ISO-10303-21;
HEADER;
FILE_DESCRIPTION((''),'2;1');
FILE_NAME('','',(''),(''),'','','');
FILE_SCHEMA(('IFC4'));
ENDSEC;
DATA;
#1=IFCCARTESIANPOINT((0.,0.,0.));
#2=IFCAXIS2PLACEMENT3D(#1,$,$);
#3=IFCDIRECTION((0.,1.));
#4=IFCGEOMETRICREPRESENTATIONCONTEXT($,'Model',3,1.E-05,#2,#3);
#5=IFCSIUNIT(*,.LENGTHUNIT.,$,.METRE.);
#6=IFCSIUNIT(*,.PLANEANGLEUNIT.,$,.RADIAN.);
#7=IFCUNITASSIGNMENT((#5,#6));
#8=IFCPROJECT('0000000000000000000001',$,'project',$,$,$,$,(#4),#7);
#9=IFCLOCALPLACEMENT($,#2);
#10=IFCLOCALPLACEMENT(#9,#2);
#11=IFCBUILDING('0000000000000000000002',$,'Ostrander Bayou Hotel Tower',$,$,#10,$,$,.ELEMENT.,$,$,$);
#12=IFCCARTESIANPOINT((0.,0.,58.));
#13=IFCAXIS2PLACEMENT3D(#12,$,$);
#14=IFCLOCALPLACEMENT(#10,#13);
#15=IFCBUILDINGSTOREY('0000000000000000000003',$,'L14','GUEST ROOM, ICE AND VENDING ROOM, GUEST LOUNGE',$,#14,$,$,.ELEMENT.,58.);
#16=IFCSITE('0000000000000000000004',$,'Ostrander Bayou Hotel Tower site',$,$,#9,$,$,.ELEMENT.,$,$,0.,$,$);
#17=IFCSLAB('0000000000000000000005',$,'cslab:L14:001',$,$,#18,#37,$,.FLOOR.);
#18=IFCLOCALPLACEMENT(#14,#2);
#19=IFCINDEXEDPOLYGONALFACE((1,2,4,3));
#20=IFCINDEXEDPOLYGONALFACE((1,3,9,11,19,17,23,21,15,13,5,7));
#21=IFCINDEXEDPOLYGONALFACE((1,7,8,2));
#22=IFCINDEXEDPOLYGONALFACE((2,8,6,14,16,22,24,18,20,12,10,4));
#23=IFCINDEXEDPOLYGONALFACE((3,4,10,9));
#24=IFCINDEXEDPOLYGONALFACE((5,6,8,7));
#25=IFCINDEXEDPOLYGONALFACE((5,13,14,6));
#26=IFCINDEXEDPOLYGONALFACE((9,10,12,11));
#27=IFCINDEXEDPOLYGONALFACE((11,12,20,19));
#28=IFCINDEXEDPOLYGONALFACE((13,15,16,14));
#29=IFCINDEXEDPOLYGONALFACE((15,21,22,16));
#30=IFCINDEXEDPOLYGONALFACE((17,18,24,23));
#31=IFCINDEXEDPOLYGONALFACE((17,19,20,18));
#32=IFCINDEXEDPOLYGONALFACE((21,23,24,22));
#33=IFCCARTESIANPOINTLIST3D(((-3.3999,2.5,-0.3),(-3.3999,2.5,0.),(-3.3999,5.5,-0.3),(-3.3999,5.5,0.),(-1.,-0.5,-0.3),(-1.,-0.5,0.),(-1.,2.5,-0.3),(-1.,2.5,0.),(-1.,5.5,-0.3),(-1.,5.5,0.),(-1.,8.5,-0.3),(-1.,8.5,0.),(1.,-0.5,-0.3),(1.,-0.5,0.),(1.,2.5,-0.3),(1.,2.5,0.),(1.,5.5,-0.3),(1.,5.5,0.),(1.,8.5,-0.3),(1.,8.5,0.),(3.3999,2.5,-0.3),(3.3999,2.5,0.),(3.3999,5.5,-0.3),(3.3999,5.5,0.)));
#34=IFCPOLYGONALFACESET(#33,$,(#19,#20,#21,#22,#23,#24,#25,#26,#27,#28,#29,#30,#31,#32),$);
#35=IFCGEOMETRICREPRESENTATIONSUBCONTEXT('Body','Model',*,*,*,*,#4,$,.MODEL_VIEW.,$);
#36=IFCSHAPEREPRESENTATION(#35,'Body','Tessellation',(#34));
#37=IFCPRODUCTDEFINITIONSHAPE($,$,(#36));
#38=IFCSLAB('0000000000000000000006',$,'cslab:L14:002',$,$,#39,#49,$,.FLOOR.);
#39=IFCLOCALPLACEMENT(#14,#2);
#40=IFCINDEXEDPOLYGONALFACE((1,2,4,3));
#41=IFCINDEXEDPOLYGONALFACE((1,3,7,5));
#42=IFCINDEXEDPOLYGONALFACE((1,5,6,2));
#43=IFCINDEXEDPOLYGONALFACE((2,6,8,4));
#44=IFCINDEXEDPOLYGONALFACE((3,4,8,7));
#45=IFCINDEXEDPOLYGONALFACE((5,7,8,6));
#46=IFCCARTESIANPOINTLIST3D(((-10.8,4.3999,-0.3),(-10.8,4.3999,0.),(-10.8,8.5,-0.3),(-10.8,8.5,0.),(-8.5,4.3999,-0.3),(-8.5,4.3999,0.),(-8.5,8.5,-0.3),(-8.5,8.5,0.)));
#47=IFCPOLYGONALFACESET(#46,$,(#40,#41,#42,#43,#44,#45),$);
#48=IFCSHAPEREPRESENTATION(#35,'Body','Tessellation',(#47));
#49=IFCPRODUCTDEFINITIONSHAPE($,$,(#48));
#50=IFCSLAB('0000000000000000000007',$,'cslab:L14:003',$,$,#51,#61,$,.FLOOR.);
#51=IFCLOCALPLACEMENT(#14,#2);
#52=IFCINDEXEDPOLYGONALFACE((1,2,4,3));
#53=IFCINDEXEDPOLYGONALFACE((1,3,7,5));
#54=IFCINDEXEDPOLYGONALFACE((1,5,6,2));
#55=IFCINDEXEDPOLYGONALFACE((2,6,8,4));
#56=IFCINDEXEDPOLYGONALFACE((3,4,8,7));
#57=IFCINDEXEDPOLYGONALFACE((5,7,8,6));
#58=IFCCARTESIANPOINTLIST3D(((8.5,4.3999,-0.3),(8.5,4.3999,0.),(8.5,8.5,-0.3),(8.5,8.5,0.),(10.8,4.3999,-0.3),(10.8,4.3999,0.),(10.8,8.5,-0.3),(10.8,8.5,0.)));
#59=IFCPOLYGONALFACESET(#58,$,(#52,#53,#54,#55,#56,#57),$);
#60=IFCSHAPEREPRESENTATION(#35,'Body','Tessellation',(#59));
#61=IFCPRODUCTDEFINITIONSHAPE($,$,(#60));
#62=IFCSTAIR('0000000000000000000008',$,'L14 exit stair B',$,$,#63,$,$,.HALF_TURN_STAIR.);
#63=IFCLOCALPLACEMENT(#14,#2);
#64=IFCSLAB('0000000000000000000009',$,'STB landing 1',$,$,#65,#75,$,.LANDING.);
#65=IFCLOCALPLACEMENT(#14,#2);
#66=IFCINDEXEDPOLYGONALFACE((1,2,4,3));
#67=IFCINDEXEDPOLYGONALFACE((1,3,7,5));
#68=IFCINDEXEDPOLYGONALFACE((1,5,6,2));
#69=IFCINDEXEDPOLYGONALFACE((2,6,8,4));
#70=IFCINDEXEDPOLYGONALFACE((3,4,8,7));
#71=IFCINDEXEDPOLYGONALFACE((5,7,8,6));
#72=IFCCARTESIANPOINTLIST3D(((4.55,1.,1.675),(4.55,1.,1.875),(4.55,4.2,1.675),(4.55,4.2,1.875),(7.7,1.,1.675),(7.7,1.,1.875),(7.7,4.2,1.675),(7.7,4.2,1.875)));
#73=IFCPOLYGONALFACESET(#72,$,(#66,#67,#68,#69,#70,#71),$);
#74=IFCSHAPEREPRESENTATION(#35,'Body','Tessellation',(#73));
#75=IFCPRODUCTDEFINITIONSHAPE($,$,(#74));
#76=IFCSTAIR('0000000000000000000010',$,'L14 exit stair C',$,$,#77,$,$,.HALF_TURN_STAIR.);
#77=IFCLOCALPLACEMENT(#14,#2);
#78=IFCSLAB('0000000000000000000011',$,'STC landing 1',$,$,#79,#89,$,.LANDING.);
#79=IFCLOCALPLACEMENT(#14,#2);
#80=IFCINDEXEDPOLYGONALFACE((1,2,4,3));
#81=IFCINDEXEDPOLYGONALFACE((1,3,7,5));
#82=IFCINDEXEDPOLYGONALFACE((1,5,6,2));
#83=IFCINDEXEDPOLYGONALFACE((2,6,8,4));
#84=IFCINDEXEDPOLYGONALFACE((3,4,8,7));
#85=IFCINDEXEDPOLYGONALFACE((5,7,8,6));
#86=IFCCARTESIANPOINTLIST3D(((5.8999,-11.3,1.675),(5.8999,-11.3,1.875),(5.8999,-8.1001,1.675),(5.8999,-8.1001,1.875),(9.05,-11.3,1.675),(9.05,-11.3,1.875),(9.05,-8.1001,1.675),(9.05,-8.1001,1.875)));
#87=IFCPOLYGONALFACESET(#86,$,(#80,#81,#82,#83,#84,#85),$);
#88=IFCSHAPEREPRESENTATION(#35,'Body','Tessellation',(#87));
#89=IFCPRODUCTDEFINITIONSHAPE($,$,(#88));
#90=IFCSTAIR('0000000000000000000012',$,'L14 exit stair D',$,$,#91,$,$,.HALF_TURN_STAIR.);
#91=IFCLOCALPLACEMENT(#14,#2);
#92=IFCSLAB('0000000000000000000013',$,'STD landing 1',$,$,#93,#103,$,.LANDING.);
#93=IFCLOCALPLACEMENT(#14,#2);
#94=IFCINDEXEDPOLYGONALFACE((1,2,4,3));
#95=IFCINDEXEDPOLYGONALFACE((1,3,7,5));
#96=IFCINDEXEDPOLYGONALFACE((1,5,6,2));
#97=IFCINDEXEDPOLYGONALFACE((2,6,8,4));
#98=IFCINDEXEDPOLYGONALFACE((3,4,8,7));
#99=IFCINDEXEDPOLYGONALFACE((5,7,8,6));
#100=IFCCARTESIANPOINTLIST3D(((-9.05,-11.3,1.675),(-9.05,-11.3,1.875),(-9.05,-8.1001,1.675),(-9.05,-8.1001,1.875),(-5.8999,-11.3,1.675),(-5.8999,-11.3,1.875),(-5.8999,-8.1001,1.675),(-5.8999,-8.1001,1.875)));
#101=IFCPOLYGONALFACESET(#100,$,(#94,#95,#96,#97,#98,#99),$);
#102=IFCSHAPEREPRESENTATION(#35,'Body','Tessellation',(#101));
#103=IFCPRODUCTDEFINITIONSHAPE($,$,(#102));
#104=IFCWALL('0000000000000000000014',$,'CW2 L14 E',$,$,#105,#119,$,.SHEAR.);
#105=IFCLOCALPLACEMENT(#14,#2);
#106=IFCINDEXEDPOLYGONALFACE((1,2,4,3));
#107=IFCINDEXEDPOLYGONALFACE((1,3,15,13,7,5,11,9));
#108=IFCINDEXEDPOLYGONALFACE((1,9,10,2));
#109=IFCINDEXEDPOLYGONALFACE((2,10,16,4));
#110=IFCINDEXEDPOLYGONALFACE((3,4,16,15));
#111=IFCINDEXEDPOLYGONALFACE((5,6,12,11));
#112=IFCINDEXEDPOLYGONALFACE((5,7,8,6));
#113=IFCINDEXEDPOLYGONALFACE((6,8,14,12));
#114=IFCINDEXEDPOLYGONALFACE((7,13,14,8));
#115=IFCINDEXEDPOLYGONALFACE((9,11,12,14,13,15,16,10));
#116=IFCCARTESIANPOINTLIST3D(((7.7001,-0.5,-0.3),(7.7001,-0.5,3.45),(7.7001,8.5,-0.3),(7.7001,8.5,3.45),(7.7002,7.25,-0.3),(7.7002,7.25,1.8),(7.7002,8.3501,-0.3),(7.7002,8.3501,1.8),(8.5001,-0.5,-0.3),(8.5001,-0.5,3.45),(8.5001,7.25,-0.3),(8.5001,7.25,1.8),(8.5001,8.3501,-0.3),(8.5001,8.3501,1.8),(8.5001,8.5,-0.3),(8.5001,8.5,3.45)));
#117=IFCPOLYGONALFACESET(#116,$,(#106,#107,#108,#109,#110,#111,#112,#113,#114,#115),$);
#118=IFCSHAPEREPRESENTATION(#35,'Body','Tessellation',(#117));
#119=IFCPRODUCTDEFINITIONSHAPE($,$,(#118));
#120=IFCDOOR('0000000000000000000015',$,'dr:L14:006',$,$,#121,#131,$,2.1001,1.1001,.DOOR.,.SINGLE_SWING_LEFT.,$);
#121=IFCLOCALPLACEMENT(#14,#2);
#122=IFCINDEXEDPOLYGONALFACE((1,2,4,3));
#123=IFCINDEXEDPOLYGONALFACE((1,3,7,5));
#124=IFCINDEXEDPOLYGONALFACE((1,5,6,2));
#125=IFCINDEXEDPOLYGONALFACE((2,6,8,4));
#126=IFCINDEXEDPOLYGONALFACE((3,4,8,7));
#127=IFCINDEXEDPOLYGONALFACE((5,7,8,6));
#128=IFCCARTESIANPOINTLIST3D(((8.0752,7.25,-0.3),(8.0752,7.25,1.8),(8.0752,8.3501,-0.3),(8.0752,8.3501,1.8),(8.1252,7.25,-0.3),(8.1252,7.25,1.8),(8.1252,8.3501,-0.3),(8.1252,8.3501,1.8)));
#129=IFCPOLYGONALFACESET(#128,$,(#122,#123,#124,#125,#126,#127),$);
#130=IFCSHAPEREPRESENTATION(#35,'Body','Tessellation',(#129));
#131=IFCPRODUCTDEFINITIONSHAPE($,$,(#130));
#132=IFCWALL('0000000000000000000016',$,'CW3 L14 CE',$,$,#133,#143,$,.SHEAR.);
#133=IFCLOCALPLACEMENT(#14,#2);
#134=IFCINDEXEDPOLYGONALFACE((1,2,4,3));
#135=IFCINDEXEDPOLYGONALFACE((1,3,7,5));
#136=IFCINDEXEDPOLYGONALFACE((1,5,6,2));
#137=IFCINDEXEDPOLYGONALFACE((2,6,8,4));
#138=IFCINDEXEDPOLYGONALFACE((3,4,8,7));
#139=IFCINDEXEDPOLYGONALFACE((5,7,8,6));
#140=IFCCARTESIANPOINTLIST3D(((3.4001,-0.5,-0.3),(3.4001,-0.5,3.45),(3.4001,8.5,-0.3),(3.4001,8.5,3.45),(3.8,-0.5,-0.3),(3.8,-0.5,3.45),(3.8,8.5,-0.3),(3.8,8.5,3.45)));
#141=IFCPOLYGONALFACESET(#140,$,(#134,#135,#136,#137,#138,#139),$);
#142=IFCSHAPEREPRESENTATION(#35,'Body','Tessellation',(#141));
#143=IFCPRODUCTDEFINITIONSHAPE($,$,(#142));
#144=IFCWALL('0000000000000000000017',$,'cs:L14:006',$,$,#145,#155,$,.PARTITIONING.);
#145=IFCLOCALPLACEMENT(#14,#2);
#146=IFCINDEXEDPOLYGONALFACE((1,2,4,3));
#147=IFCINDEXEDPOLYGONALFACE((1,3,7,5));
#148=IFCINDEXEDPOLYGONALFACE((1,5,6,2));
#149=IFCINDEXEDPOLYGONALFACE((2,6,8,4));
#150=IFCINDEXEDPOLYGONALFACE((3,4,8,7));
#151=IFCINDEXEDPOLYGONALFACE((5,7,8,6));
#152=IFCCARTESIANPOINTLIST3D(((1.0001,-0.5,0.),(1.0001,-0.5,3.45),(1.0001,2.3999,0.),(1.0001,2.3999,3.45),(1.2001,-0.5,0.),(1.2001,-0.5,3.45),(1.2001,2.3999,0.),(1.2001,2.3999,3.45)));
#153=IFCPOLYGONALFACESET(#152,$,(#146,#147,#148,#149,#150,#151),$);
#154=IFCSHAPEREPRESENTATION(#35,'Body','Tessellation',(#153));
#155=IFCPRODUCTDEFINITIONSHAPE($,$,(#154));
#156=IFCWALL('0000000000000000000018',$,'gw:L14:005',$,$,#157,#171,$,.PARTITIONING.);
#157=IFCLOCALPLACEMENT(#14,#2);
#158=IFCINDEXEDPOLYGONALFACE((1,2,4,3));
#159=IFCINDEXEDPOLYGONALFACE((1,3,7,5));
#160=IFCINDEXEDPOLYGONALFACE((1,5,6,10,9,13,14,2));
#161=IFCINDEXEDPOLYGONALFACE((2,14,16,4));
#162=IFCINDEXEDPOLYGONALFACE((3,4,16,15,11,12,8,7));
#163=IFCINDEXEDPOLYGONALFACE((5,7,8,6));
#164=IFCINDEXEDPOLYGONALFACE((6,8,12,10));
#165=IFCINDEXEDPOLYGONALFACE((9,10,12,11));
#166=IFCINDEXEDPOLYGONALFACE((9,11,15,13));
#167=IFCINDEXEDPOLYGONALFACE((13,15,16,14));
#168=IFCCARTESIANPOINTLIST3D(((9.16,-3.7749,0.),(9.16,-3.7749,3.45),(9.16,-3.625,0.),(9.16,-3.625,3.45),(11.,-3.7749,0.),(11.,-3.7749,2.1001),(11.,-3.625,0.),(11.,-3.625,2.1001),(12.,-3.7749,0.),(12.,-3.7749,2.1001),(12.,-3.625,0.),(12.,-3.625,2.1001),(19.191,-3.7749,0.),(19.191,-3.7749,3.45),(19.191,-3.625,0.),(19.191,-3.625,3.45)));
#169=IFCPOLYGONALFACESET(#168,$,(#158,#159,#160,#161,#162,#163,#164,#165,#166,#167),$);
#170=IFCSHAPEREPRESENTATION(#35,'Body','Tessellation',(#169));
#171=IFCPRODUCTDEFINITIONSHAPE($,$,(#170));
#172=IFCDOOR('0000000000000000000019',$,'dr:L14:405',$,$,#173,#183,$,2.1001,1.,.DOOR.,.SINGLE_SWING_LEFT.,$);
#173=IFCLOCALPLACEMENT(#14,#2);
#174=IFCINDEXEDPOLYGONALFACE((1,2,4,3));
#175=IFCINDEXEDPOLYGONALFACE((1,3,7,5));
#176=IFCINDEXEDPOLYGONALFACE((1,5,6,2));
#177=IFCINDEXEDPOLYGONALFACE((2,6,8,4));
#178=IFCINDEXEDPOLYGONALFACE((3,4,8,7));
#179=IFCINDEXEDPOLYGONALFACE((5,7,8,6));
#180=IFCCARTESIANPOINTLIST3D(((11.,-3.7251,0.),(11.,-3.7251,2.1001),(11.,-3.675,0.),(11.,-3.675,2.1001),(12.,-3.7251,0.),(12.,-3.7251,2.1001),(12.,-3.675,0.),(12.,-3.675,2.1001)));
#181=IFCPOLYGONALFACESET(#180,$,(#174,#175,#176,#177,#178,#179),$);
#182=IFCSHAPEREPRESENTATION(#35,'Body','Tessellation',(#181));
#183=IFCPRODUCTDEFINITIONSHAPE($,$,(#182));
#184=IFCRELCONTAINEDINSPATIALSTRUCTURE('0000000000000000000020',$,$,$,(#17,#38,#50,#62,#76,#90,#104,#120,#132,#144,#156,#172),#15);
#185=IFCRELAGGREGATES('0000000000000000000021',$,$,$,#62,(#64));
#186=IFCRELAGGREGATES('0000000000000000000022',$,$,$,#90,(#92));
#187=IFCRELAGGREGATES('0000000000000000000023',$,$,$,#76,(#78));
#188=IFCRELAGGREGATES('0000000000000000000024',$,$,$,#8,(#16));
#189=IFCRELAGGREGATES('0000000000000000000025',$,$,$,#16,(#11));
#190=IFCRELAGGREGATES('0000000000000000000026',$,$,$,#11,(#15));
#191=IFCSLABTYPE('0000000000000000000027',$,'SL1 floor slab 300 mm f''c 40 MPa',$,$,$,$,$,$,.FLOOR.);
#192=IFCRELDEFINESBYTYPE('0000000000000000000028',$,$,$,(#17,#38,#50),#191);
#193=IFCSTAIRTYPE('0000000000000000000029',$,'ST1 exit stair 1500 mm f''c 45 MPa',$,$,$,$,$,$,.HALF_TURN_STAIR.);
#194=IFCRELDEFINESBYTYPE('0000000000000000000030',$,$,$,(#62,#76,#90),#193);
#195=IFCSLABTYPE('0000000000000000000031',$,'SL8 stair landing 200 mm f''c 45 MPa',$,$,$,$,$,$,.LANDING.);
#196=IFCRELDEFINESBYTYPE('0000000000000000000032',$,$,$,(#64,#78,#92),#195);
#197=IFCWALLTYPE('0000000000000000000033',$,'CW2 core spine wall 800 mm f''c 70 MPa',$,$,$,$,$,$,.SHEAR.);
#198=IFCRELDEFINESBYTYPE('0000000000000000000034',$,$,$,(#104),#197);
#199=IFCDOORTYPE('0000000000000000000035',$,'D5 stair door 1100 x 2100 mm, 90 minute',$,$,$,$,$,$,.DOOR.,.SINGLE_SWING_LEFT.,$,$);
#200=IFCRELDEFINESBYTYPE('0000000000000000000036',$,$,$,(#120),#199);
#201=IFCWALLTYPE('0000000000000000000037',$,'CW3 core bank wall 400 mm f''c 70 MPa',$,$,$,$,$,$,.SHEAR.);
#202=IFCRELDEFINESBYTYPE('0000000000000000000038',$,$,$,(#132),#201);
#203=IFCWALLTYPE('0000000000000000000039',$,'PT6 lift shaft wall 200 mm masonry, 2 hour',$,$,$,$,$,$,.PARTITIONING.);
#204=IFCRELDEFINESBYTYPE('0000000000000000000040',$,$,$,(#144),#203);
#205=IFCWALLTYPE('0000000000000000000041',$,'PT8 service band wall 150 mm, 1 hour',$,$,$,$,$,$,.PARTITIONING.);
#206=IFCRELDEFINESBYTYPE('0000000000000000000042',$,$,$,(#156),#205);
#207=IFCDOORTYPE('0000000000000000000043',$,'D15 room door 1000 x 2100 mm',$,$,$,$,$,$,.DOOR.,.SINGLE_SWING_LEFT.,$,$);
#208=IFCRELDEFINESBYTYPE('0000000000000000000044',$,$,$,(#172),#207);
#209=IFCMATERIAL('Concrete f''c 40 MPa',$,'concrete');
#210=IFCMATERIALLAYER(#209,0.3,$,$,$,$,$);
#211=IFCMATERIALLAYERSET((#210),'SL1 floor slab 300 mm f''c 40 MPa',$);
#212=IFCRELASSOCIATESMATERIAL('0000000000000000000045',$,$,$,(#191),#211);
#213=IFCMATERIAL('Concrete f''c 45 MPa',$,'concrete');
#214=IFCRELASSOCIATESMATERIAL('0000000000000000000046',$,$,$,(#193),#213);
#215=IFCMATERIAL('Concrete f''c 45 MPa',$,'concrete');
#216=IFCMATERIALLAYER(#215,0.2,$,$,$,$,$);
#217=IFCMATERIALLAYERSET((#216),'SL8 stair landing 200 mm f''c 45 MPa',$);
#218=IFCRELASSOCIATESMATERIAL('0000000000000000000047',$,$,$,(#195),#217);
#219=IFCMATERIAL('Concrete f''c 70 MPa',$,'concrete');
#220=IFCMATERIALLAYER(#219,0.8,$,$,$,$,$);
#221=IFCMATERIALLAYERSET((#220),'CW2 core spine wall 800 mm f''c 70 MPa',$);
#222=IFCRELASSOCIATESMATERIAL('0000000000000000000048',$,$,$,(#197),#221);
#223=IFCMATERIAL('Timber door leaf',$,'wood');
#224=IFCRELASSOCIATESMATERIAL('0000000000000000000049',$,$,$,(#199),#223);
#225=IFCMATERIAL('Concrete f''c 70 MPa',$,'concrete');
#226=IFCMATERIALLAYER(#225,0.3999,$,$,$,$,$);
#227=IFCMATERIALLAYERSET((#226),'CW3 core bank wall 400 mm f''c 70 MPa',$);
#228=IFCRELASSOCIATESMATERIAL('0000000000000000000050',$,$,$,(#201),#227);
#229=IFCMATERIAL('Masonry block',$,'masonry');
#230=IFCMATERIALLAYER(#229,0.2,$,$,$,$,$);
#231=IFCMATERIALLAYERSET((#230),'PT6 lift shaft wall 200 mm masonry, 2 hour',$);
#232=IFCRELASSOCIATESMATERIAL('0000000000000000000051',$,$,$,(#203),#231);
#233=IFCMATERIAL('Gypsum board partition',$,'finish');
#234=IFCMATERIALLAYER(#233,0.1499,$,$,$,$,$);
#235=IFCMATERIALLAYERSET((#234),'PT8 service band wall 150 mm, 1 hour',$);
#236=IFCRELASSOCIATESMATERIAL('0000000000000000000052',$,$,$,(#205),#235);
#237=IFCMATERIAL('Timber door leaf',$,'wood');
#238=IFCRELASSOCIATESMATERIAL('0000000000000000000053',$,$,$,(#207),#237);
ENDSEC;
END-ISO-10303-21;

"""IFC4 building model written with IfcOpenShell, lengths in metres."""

from ifc_helpers import new_model, si_unit, direction, frame, frame_2d, origin, place, context, subcontext, project, spatial, polyline, rectangle, outline, extrude, material, layer, layer_set, type_object, element, fill, aggregate, save


model = new_model("IFC4")

# Units and contexts
model_context = context("Model", 3, precision=1e-05, world=origin(), true_north=direction((0.0, 1.0)))
body_context = subcontext(model_context, "Body", "Model", "MODEL_VIEW")
ifc_project = project(units=[si_unit("LENGTHUNIT", "METRE"), si_unit("PLANEANGLEUNIT", "RADIAN")], contexts=[model_context])

# Site, building, storey
site_placement = place(None, origin())
site = spatial("IfcSite", under=ifc_project, at=site_placement, Name="Ostrander Bayou Hotel Tower site", CompositionType="ELEMENT", RefElevation=0.0)
building_placement = place(site_placement, origin())
building = spatial("IfcBuilding", under=site, at=building_placement, Name="Ostrander Bayou Hotel Tower", CompositionType="ELEMENT")
storey_placement = place(building_placement, frame((0.0, 0.0, 58.0)))
storey = spatial("IfcBuildingStorey", under=building, at=storey_placement, Name="L14", Description="GUEST ROOM, ICE AND VENDING ROOM, GUEST LOUNGE", CompositionType="ELEMENT", Elevation=58.0)

# Slabs
ifc_material_1 = material(Name="Concrete f'c 40 MPa", Category="concrete")
ifc_layer_1 = layer(ifc_material_1, 0.3)
ifc_layer_set_1 = layer_set([ifc_layer_1], Name="SL1 floor slab 300 mm f'c 40 MPa")
slab_type_1 = type_object("IfcSlabType", Name="SL1 floor slab 300 mm f'c 40 MPa", PredefinedType="FLOOR", material=ifc_layer_set_1)
slab_1_placement = place(storey_placement, frame((0.0, 0.0, -0.3)))
element("IfcSlab", 1, at=slab_1_placement, inside=storey, type_object=slab_type_1, Name="cslab:L14:001", PredefinedType="FLOOR", context=body_context, shape_type="SweptSolid", body=[
    extrude(outline(polyline([(-3.3999, 5.5), (-1.0, 5.5), (-1.0, 8.5), (1.0, 8.5), (1.0, 5.5), (3.3999, 5.5), (3.3999, 2.5), (1.0, 2.5), (1.0, -0.5), (-1.0, -0.5), (-1.0, 2.5), (-3.3999, 2.5), (-3.3999, 5.5)])), origin(), (0.0, 0.0, 1.0), 0.3),
])
slab_2_placement = place(storey_placement, frame((0.0, 0.0, -0.3)))
element("IfcSlab", 2, at=slab_2_placement, inside=storey, type_object=slab_type_1, Name="cslab:L14:002", PredefinedType="FLOOR", context=body_context, shape_type="SweptSolid", body=[
    extrude(outline(polyline([(-8.5, 4.3999), (-8.5, 8.5), (-10.8, 8.5), (-10.8, 4.3999), (-8.5, 4.3999)])), origin(), (0.0, 0.0, 1.0), 0.3),
])
slab_3_placement = place(storey_placement, frame((0.0, 0.0, -0.3)))
element("IfcSlab", 3, at=slab_3_placement, inside=storey, type_object=slab_type_1, Name="cslab:L14:003", PredefinedType="FLOOR", context=body_context, shape_type="SweptSolid", body=[
    extrude(outline(polyline([(10.8, 4.3999), (10.8, 8.5), (8.5, 8.5), (8.5, 4.3999), (10.8, 4.3999)])), origin(), (0.0, 0.0, 1.0), 0.3),
])

# Stairs, slabs
ifc_material_2 = material(Name="Concrete f'c 45 MPa", Category="concrete")
stair_type = type_object("IfcStairType", Name="ST1 exit stair 1500 mm f'c 45 MPa", PredefinedType="HALF_TURN_STAIR", material=ifc_material_2)
stair_1_placement = place(storey_placement, origin())
stair_1 = element("IfcStair", 4, at=stair_1_placement, inside=storey, type_object=stair_type, Name="L14 exit stair B", PredefinedType="HALF_TURN_STAIR")
ifc_material_3 = material(Name="Concrete f'c 45 MPa", Category="concrete")
ifc_layer_2 = layer(ifc_material_3, 0.2)
ifc_layer_set_2 = layer_set([ifc_layer_2], Name="SL8 stair landing 200 mm f'c 45 MPa")
slab_type_2 = type_object("IfcSlabType", Name="SL8 stair landing 200 mm f'c 45 MPa", PredefinedType="LANDING", material=ifc_layer_set_2)
slab_4_placement = place(storey_placement, frame((0.0, 0.0, 1.675)))
slab_4 = element("IfcSlab", 5, at=slab_4_placement, type_object=slab_type_2, Name="STB landing 1", PredefinedType="LANDING", context=body_context, shape_type="SweptSolid", body=[
    extrude(outline(polyline([(4.55, 4.2), (4.55, 1.0), (7.7, 1.0), (7.7, 4.2), (4.55, 4.2)])), origin(), (0.0, 0.0, 1.0), 0.2),
])
aggregate(stair_1, [slab_4])
stair_2_placement = place(storey_placement, origin())
stair_2 = element("IfcStair", 6, at=stair_2_placement, inside=storey, type_object=stair_type, Name="L14 exit stair C", PredefinedType="HALF_TURN_STAIR")
slab_5_placement = place(storey_placement, frame((0.0, 0.0, 1.675)))
slab_5 = element("IfcSlab", 7, at=slab_5_placement, type_object=slab_type_2, Name="STC landing 1", PredefinedType="LANDING", context=body_context, shape_type="SweptSolid", body=[
    extrude(outline(polyline([(5.8999, -8.1001), (5.8999, -11.3), (9.05, -11.3), (9.05, -8.1001), (5.8999, -8.1001)])), origin(), (0.0, 0.0, 1.0), 0.2),
])
stair_3_placement = place(storey_placement, origin())
stair_3 = element("IfcStair", 8, at=stair_3_placement, inside=storey, type_object=stair_type, Name="L14 exit stair D", PredefinedType="HALF_TURN_STAIR")
slab_6_placement = place(storey_placement, frame((0.0, 0.0, 1.675)))
slab_6 = element("IfcSlab", 9, at=slab_6_placement, type_object=slab_type_2, Name="STD landing 1", PredefinedType="LANDING", context=body_context, shape_type="SweptSolid", body=[
    extrude(outline(polyline([(-9.05, -8.1001), (-9.05, -11.3), (-5.8999, -11.3), (-5.8999, -8.1001), (-9.05, -8.1001)])), origin(), (0.0, 0.0, 1.0), 0.2),
])
aggregate(stair_3, [slab_6])

# Wall, opening, door
ifc_material_4 = material(Name="Concrete f'c 70 MPa", Category="concrete")
ifc_layer_3 = layer(ifc_material_4, 0.8)
ifc_layer_set_3 = layer_set([ifc_layer_3], Name="CW2 core spine wall 800 mm f'c 70 MPa")
wall_type_1 = type_object("IfcWallType", Name="CW2 core spine wall 800 mm f'c 70 MPa", PredefinedType="SHEAR", material=ifc_layer_set_3)
wall_1_placement = place(storey_placement, frame((8.1001, -0.5, -0.3), z_axis=(0.0, 0.0, 1.0), x_axis=(0.0, 1.0, 0.0)))
wall_1 = element("IfcWall", 10, at=wall_1_placement, inside=storey, type_object=wall_type_1, Name="CW2 L14 E", PredefinedType="SHEAR", context=body_context, shape_type="SweptSolid", body=[
    extrude(rectangle(XDim=9.0, YDim=0.8, at=frame_2d((4.5, 0.0))), origin(), (0.0, 0.0, 1.0), 3.75),
])
opening_1_placement = place(wall_1_placement, frame((7.75, 0.0, 0.0)))
opening_1 = element("IfcOpeningElement", 11, at=opening_1_placement, cuts=wall_1, PredefinedType="OPENING", context=body_context, shape_type="SweptSolid", body=[
    extrude(rectangle(XDim=1.1001, YDim=2.1001, at=frame_2d((0.55, 1.05))), frame((0.0, 0.3999, 0.0), z_axis=(0.0, -1.0, 0.0), x_axis=(1.0, 0.0, 0.0)), (0.0, 0.0, 1.0), 0.8),
])
ifc_material_5 = material(Name="Timber door leaf", Category="wood")
door_type_1 = type_object("IfcDoorType", Name="D5 stair door 1100 x 2100 mm, 90 minute", OperationType="SINGLE_SWING_LEFT", PredefinedType="DOOR", material=ifc_material_5)
door_1_placement = place(opening_1_placement, origin())
door_1 = element("IfcDoor", 12, at=door_1_placement, inside=storey, type_object=door_type_1, Name="dr:L14:006", OperationType="SINGLE_SWING_LEFT", OverallHeight=2.1001, OverallWidth=1.1001, PredefinedType="DOOR", context=body_context, shape_type="SweptSolid", body=[
    extrude(rectangle(XDim=1.1001, YDim=2.1001, at=frame_2d((0.55, 1.05))), frame((0.0, 0.0249, 0.0), z_axis=(0.0, -1.0, 0.0), x_axis=(1.0, 0.0, 0.0)), (0.0, 0.0, 1.0), 0.05),
])
fill(opening_1, door_1)

# Walls
ifc_material_6 = material(Name="Concrete f'c 70 MPa", Category="concrete")
ifc_layer_4 = layer(ifc_material_6, 0.3999)
ifc_layer_set_4 = layer_set([ifc_layer_4], Name="CW3 core bank wall 400 mm f'c 70 MPa")
wall_type_2 = type_object("IfcWallType", Name="CW3 core bank wall 400 mm f'c 70 MPa", PredefinedType="SHEAR", material=ifc_layer_set_4)
wall_2_placement = place(storey_placement, frame((3.6001, -0.5, -0.3), z_axis=(0.0, 0.0, 1.0), x_axis=(0.0, 1.0, 0.0)))
element("IfcWall", 13, at=wall_2_placement, inside=storey, type_object=wall_type_2, Name="CW3 L14 CE", PredefinedType="SHEAR", context=body_context, shape_type="SweptSolid", body=[
    extrude(rectangle(XDim=9.0, YDim=0.3999, at=frame_2d((4.5, 0.0))), origin(), (0.0, 0.0, 1.0), 3.75),
])
ifc_material_7 = material(Name="Masonry block", Category="masonry")
ifc_layer_5 = layer(ifc_material_7, 0.2)
ifc_layer_set_5 = layer_set([ifc_layer_5], Name="PT6 lift shaft wall 200 mm masonry, 2 hour")
wall_type_3 = type_object("IfcWallType", Name="PT6 lift shaft wall 200 mm masonry, 2 hour", PredefinedType="PARTITIONING", material=ifc_layer_set_5)
wall_3_placement = place(storey_placement, frame((1.1001, -0.5, 0.0), z_axis=(0.0, 0.0, 1.0), x_axis=(0.0, 1.0, 0.0)))
element("IfcWall", 14, at=wall_3_placement, inside=storey, type_object=wall_type_3, Name="cs:L14:006", PredefinedType="PARTITIONING", context=body_context, shape_type="SweptSolid", body=[
    extrude(rectangle(XDim=2.8999, YDim=0.2, at=frame_2d((1.45, 0.0))), origin(), (0.0, 0.0, 1.0), 3.45),
])

# Wall, opening, door
ifc_material_8 = material(Name="Gypsum board partition", Category="finish")
ifc_layer_6 = layer(ifc_material_8, 0.1499)
ifc_layer_set_6 = layer_set([ifc_layer_6], Name="PT8 service band wall 150 mm, 1 hour")
wall_type_4 = type_object("IfcWallType", Name="PT8 service band wall 150 mm, 1 hour", PredefinedType="PARTITIONING", material=ifc_layer_set_6)
wall_4_placement = place(storey_placement, frame((9.1599, -3.7, 0.0), z_axis=(0.0, 0.0, 1.0), x_axis=(1.0, 0.0, 0.0)))
wall_4 = element("IfcWall", 15, at=wall_4_placement, inside=storey, type_object=wall_type_4, Name="gw:L14:005", PredefinedType="PARTITIONING", context=body_context, shape_type="SweptSolid", body=[
    extrude(rectangle(XDim=10.031, YDim=0.1499, at=frame_2d((5.0156, 0.0))), origin(), (0.0, 0.0, 1.0), 3.45),
])
opening_2_placement = place(wall_4_placement, frame((1.8401, 0.0, 0.0)))
opening_2 = element("IfcOpeningElement", 16, at=opening_2_placement, cuts=wall_4, PredefinedType="OPENING", context=body_context, shape_type="SweptSolid", body=[
    extrude(rectangle(XDim=1.0, YDim=2.1001, at=frame_2d((0.5, 1.05))), frame((0.0, 0.075, 0.0), z_axis=(0.0, -1.0, 0.0), x_axis=(1.0, 0.0, 0.0)), (0.0, 0.0, 1.0), 0.1499),
])
ifc_material_9 = material(Name="Timber door leaf", Category="wood")
door_type_2 = type_object("IfcDoorType", Name="D15 room door 1000 x 2100 mm", OperationType="SINGLE_SWING_LEFT", PredefinedType="DOOR", material=ifc_material_9)
door_2_placement = place(opening_2_placement, origin())
door_2 = element("IfcDoor", 17, at=door_2_placement, inside=storey, type_object=door_type_2, Name="dr:L14:405", OperationType="SINGLE_SWING_LEFT", OverallHeight=2.1001, OverallWidth=1.0, PredefinedType="DOOR", context=body_context, shape_type="SweptSolid", body=[
    extrude(rectangle(XDim=1.0, YDim=2.1001, at=frame_2d((0.5, 1.05))), frame((0.0, 0.0249, 0.0), z_axis=(0.0, -1.0, 0.0), x_axis=(1.0, 0.0, 0.0)), (0.0, 0.0, 1.0), 0.05),
])
fill(opening_2, door_2)

aggregate(stair_2, [slab_5])

save(model, "model.ifc")
